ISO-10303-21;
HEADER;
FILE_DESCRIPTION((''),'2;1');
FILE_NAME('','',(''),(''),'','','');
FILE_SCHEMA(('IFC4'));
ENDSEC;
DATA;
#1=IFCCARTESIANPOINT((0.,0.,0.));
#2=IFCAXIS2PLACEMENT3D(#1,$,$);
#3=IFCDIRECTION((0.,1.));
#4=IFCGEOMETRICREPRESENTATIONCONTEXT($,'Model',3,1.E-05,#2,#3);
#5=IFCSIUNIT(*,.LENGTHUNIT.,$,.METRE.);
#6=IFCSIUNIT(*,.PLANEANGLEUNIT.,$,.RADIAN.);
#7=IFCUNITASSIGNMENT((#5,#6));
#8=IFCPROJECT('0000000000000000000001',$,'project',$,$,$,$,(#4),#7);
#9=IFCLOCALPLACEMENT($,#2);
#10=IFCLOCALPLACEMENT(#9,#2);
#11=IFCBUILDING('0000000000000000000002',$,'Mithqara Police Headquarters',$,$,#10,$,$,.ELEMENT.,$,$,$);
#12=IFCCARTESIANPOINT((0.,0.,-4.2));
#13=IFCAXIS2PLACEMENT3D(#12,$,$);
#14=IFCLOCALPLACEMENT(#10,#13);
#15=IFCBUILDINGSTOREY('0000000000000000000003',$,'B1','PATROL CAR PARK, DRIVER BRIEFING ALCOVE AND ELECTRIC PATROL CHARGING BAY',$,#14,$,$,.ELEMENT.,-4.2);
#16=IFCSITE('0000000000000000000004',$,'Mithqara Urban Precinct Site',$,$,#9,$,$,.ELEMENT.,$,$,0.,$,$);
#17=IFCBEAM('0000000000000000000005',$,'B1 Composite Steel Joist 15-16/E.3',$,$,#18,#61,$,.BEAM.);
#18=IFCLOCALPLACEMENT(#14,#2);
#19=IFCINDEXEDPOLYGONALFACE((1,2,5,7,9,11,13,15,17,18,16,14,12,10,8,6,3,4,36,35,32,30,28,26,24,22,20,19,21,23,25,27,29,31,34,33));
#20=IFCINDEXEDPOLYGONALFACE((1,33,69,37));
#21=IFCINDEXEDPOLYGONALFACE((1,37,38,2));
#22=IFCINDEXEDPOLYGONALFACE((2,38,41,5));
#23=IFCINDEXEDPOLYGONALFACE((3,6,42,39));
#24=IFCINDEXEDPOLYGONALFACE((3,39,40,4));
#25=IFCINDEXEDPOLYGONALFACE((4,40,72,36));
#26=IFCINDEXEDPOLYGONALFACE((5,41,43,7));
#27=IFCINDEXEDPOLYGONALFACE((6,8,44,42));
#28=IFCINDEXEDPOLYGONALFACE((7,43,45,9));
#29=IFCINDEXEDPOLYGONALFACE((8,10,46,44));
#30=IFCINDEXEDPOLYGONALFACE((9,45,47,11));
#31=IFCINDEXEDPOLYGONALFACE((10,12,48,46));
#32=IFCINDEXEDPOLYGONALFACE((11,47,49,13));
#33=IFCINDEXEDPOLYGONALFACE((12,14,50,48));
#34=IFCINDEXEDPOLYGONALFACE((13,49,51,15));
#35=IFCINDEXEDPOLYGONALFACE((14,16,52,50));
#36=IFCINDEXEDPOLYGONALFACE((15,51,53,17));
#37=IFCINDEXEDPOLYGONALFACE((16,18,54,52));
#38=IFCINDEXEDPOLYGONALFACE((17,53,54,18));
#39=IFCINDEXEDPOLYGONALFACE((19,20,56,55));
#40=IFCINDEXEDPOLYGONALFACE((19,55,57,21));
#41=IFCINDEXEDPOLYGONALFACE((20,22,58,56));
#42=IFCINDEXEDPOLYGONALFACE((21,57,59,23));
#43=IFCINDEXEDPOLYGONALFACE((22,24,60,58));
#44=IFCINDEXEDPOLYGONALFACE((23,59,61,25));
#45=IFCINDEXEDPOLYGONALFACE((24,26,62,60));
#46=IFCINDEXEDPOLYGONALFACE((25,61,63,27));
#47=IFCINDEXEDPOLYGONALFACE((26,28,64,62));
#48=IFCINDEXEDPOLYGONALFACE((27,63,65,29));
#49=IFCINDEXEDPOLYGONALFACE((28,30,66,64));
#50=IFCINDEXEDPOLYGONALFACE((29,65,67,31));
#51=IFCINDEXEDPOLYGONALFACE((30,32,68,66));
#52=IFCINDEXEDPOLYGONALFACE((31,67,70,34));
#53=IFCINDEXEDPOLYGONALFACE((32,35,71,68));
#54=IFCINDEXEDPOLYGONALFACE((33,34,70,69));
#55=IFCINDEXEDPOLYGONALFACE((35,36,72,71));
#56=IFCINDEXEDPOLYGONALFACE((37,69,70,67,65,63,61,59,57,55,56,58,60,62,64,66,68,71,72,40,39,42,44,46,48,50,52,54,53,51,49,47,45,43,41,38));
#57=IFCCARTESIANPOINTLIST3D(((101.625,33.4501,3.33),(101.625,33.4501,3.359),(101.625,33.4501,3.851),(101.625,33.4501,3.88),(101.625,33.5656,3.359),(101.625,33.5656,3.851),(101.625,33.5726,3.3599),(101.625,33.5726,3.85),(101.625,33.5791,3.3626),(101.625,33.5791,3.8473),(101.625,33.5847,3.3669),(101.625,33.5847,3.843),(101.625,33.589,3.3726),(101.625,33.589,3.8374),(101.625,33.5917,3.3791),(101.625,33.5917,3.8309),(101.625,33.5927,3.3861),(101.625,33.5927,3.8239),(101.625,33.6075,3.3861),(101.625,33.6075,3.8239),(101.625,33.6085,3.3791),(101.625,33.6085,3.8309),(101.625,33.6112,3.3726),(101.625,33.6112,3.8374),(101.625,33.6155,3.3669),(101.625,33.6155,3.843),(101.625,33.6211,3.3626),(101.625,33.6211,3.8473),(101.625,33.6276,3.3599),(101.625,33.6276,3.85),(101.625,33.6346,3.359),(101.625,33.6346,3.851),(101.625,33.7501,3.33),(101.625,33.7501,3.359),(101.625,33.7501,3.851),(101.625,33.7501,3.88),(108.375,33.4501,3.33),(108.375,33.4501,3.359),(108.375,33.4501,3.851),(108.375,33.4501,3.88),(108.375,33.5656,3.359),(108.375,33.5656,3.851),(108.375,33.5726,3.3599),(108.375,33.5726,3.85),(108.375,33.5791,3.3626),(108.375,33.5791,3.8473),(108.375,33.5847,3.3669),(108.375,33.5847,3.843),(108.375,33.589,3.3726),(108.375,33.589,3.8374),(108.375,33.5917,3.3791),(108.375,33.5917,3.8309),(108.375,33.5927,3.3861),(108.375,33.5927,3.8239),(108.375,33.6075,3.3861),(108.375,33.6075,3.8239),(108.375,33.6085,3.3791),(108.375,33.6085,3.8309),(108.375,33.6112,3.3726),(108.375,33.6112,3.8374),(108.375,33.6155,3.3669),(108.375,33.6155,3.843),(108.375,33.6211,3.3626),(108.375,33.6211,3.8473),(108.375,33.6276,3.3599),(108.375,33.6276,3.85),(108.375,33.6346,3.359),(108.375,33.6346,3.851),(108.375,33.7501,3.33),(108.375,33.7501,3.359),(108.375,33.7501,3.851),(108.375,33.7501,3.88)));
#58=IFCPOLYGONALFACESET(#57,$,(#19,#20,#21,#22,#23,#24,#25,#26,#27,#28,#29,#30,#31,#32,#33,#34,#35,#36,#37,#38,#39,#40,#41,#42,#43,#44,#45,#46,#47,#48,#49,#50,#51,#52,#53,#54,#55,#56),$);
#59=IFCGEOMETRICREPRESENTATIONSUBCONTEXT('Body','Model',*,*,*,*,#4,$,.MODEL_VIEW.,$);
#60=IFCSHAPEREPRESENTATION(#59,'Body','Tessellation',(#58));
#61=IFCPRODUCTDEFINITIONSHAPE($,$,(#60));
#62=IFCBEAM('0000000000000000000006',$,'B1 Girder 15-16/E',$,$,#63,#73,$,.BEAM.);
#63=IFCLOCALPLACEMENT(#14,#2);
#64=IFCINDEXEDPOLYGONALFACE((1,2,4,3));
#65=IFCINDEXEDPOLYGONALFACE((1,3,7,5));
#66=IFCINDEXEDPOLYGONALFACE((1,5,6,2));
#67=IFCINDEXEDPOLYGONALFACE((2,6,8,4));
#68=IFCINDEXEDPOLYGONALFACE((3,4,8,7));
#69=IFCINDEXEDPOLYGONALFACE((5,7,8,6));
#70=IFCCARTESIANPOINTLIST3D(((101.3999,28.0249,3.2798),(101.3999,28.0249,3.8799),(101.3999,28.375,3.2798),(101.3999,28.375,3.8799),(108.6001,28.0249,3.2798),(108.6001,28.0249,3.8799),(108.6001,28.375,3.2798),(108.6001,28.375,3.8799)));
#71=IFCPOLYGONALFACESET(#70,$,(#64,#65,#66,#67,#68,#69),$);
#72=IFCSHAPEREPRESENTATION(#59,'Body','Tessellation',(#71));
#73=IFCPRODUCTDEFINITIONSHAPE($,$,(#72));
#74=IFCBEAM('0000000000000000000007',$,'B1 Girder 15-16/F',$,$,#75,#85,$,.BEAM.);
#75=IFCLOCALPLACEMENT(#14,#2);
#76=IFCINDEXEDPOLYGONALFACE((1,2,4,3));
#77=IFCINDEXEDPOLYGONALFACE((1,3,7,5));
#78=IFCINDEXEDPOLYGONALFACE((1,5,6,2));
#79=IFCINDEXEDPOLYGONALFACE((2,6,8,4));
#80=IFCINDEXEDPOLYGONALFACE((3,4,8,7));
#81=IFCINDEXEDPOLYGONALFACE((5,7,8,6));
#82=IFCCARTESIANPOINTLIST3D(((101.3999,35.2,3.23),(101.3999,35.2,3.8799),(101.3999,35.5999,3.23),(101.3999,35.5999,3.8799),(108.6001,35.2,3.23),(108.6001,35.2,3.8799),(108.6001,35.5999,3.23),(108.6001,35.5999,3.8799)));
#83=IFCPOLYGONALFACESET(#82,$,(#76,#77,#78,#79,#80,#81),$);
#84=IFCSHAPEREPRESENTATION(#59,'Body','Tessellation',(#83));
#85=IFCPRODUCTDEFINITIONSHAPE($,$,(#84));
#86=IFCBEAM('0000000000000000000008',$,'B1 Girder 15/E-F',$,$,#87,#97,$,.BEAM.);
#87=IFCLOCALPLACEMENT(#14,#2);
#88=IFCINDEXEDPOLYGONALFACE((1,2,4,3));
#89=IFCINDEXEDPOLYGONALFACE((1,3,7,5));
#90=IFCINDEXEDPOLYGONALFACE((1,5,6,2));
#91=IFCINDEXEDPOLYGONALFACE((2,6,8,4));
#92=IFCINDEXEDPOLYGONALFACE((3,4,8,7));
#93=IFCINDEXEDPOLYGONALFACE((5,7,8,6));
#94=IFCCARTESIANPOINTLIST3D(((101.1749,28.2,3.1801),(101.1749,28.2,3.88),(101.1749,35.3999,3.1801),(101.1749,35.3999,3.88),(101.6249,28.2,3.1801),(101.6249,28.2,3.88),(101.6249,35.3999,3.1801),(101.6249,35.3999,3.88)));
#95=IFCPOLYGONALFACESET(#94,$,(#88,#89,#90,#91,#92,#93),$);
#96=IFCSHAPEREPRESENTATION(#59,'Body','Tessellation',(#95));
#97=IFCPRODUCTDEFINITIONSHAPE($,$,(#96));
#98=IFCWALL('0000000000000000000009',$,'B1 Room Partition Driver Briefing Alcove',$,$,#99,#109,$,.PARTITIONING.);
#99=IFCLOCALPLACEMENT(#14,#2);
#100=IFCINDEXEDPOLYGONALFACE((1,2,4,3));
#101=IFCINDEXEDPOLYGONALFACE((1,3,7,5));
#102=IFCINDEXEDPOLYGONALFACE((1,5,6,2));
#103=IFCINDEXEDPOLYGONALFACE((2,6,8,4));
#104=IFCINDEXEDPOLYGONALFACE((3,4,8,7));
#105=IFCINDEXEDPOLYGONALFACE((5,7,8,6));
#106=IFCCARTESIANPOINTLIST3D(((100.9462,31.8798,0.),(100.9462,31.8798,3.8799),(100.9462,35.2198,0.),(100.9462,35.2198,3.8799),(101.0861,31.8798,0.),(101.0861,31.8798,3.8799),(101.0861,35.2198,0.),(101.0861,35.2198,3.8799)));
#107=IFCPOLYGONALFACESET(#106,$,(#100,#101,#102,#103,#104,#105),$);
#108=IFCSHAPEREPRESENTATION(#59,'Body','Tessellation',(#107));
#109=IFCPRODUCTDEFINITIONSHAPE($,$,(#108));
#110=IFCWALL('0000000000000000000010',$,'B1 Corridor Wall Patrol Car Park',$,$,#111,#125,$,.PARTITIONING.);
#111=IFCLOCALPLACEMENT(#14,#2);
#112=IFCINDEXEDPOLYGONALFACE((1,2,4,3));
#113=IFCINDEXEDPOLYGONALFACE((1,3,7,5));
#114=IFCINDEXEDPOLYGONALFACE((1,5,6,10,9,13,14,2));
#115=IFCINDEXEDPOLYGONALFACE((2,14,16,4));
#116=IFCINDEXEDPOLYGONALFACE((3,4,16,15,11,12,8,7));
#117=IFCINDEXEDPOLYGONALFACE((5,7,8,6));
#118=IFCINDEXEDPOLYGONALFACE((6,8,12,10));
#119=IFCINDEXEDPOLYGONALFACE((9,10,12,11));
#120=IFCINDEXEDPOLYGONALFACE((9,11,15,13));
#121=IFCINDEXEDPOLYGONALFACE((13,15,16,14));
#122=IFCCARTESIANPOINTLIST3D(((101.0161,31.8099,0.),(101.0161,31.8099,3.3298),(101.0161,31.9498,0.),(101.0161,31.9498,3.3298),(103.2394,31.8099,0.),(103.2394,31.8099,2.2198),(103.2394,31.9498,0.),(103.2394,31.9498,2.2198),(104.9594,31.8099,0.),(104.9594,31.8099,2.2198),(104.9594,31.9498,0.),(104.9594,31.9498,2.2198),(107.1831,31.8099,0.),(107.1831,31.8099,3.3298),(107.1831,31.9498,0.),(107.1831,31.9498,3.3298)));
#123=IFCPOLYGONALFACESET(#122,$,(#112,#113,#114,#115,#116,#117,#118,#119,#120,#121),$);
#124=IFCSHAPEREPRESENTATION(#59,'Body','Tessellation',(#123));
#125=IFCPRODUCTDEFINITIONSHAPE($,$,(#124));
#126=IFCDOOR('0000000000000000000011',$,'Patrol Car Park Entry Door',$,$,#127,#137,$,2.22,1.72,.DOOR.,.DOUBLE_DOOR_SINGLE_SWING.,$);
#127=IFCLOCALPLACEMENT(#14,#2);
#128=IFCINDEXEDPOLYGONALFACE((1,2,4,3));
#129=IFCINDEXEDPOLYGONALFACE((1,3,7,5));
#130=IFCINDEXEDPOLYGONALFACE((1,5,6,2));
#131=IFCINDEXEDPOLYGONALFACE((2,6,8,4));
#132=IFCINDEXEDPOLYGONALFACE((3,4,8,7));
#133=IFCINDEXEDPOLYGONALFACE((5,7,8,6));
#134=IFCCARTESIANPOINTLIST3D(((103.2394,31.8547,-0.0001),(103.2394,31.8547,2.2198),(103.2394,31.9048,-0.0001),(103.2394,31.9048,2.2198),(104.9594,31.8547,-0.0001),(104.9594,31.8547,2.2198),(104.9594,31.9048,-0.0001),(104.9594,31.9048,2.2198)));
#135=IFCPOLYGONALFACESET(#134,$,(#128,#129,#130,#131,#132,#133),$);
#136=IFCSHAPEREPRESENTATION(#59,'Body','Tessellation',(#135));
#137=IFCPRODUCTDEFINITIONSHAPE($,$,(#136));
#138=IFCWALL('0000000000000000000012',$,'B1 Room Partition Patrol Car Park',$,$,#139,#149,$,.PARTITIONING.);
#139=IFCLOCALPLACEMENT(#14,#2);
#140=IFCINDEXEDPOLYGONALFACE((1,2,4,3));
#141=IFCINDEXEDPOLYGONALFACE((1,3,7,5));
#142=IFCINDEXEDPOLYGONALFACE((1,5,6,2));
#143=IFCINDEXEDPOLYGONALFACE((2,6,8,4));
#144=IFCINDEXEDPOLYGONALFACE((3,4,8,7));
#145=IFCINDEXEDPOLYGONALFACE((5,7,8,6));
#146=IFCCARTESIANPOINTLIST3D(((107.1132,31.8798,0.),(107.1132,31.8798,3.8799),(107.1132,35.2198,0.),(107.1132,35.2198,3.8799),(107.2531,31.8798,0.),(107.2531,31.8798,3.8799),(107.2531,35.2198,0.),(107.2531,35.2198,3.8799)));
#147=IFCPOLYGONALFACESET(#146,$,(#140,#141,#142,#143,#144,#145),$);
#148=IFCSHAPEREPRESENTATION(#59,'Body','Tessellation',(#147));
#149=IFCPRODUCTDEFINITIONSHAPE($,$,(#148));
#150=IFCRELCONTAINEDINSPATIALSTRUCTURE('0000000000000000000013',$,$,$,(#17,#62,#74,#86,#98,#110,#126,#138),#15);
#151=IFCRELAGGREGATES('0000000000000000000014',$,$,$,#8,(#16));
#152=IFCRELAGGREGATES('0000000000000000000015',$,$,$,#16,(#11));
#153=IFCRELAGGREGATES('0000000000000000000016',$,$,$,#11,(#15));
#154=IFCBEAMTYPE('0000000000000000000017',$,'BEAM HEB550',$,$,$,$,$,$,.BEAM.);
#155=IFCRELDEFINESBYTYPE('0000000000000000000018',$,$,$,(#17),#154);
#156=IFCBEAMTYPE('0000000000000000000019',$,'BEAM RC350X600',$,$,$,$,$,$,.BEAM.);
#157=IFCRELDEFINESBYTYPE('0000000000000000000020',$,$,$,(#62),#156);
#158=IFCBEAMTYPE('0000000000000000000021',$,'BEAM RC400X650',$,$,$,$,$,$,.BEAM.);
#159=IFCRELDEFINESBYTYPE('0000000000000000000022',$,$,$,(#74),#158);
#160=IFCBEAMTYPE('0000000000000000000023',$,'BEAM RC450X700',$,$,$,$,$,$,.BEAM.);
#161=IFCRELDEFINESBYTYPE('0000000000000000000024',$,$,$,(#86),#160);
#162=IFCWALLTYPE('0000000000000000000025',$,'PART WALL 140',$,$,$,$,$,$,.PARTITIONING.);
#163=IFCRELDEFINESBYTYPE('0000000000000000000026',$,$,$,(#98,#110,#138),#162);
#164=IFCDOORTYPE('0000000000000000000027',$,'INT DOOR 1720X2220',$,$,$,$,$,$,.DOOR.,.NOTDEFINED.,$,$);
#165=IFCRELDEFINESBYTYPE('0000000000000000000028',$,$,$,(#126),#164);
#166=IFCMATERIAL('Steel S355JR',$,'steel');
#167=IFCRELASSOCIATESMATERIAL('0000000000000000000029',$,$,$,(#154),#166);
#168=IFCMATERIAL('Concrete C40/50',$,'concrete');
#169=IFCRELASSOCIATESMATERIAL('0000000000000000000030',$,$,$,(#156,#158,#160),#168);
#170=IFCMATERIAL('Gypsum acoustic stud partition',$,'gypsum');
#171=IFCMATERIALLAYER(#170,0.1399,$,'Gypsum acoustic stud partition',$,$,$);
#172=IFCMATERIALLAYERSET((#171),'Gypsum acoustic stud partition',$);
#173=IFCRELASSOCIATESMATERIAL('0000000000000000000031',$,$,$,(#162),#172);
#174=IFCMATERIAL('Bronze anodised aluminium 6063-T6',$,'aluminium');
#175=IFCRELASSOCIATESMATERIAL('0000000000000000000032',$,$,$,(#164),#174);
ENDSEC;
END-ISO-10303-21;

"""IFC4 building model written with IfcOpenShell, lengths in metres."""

from ifc_helpers import new_model, si_unit, direction, frame, frame_2d, origin, origin_2d, place, context, subcontext, project, spatial, rectangle, i_section, extrude, material, layer, layer_set, material_profile, profile_set, type_object, element, fill, save


model = new_model("IFC4")

# Units and contexts
model_context = context("Model", 3, precision=1e-05, world=origin(), true_north=direction((0.0, 1.0)))
body_context = subcontext(model_context, "Body", "Model", "MODEL_VIEW")
ifc_project = project(units=[si_unit("LENGTHUNIT", "METRE"), si_unit("PLANEANGLEUNIT", "RADIAN")], contexts=[model_context])

# Site, building, storey
site_placement = place(None, origin())
site = spatial("IfcSite", under=ifc_project, at=site_placement, Name="Mithqara Urban Precinct Site", CompositionType="ELEMENT", RefElevation=0.0)
building_placement = place(site_placement, origin())
building = spatial("IfcBuilding", under=site, at=building_placement, Name="Mithqara Police Headquarters", CompositionType="ELEMENT")
storey_placement = place(building_placement, frame((0.0, 0.0, -4.2)))
storey = spatial("IfcBuildingStorey", under=building, at=storey_placement, Name="B1", Description="PATROL CAR PARK, DRIVER BRIEFING ALCOVE AND ELECTRIC PATROL CHARGING BAY", CompositionType="ELEMENT", Elevation=-4.2)

# Shared definitions
ifc_material_1 = material(Name="Concrete C40/50", Category="concrete")

# Beams
ifc_material_2 = material(Name="Steel S355JR", Category="steel")
ifc_material_profile_1 = material_profile(ifc_material_2, i_section(OverallWidth=0.3, OverallDepth=0.55, WebThickness=0.0149, FlangeThickness=0.0291, FilletRadius=0.0271, at=origin_2d()), Name="HEB 550")
ifc_profile_set_1 = profile_set([ifc_material_profile_1], Name="Steel S355JR")
beam_type_1 = type_object("IfcBeamType", Name="BEAM HEB550", PredefinedType="BEAM", material=ifc_profile_set_1)
for number, where, z_axis, x_axis, name in (
    (1, (101.625, 33.6001, 3.605), (1.0, 0.0, 0.0), (0.0, 1.0, 0.0), "B1 Composite Steel Joist 15-16/E.3"),
):
    element("IfcBeam", number, at=place(storey_placement, frame(where, z_axis=z_axis, x_axis=x_axis)), inside=storey, type_object=beam_type_1, Name=name, PredefinedType="BEAM", context=body_context, shape_type="SweptSolid", body=[
        extrude(i_section(OverallWidth=0.3, OverallDepth=0.55, WebThickness=0.0149, FlangeThickness=0.0291, FilletRadius=0.0271, at=origin_2d()), origin(), (0.0, 0.0, 1.0), 6.75),
    ])
ifc_material_profile_2 = material_profile(ifc_material_1, rectangle(XDim=0.3501, YDim=0.6001, at=origin_2d()), Name="RC 350x600")
ifc_profile_set_2 = profile_set([ifc_material_profile_2], Name="Concrete C40/50")
beam_type_2 = type_object("IfcBeamType", Name="BEAM RC350X600", PredefinedType="BEAM", material=ifc_profile_set_2)
beam_1_placement = place(storey_placement, frame((101.3999, 28.2, 3.5798), z_axis=(1.0, 0.0, 0.0), x_axis=(0.0, 1.0, 0.0)))
element("IfcBeam", 2, at=beam_1_placement, inside=storey, type_object=beam_type_2, Name="B1 Girder 15-16/E", PredefinedType="BEAM", context=body_context, shape_type="SweptSolid", body=[
    extrude(rectangle(XDim=0.3501, YDim=0.6001, at=origin_2d()), origin(), (0.0, 0.0, 1.0), 7.2002),
])
ifc_material_profile_3 = material_profile(ifc_material_1, rectangle(XDim=0.3999, YDim=0.6499, at=origin_2d()), Name="RC 400x650")
ifc_profile_set_3 = profile_set([ifc_material_profile_3], Name="Concrete C40/50")
beam_type_3 = type_object("IfcBeamType", Name="BEAM RC400X650", PredefinedType="BEAM", material=ifc_profile_set_3)
beam_2_placement = place(storey_placement, frame((101.3999, 35.3999, 3.5549), z_axis=(1.0, 0.0, 0.0), x_axis=(0.0, 1.0, 0.0)))
element("IfcBeam", 3, at=beam_2_placement, inside=storey, type_object=beam_type_3, Name="B1 Girder 15-16/F", PredefinedType="BEAM", context=body_context, shape_type="SweptSolid", body=[
    extrude(rectangle(XDim=0.3999, YDim=0.6499, at=origin_2d()), origin(), (0.0, 0.0, 1.0), 7.2002),
])
ifc_material_profile_4 = material_profile(ifc_material_1, rectangle(XDim=0.45, YDim=0.7, at=origin_2d()), Name="RC 450x700")
ifc_profile_set_4 = profile_set([ifc_material_profile_4], Name="Concrete C40/50")
beam_type_4 = type_object("IfcBeamType", Name="BEAM RC450X700", PredefinedType="BEAM", material=ifc_profile_set_4)
beam_3_placement = place(storey_placement, frame((101.3999, 28.2, 3.53), z_axis=(0.0, 1.0, 0.0), x_axis=(-1.0, 0.0, 0.0)))
element("IfcBeam", 4, at=beam_3_placement, inside=storey, type_object=beam_type_4, Name="B1 Girder 15/E-F", PredefinedType="BEAM", context=body_context, shape_type="SweptSolid", body=[
    extrude(rectangle(XDim=0.45, YDim=0.7, at=origin_2d()), origin(), (0.0, 0.0, 1.0), 7.2),
])

# Wall
ifc_material_3 = material(Name="Gypsum acoustic stud partition", Category="gypsum")
ifc_layer = layer(ifc_material_3, 0.1399, Name="Gypsum acoustic stud partition")
ifc_layer_set = layer_set([ifc_layer], Name="Gypsum acoustic stud partition")
wall_type = type_object("IfcWallType", Name="PART WALL 140", PredefinedType="PARTITIONING", material=ifc_layer_set)
wall_1_placement = place(storey_placement, frame((101.0161, 31.8799, 0.0), z_axis=(0.0, 0.0, 1.0), x_axis=(0.0, 1.0, 0.0)))
element("IfcWall", 5, at=wall_1_placement, inside=storey, type_object=wall_type, Name="B1 Room Partition Driver Briefing Alcove", PredefinedType="PARTITIONING", context=body_context, shape_type="SweptSolid", body=[
    extrude(rectangle(XDim=3.3401, YDim=0.1399, at=frame_2d((1.6699, 0.0))), origin(), (0.0, 0.0, 1.0), 3.8799),
])

# Wall, opening, door
wall_2_placement = place(storey_placement, frame((101.0161, 31.8799, 0.0), z_axis=(0.0, 0.0, 1.0), x_axis=(1.0, 0.0, 0.0)))
wall_2 = element("IfcWall", 6, at=wall_2_placement, inside=storey, type_object=wall_type, Name="B1 Corridor Wall Patrol Car Park", PredefinedType="PARTITIONING", context=body_context, shape_type="SweptSolid", body=[
    extrude(rectangle(XDim=6.167, YDim=0.1399, at=frame_2d((3.0835, 0.0))), origin(), (0.0, 0.0, 1.0), 3.3298),
])
opening_1_placement = place(wall_2_placement, frame((2.2234, 0.0, 0.0)))
opening_1 = element("IfcOpeningElement", 7, at=opening_1_placement, cuts=wall_2, PredefinedType="OPENING", context=body_context, shape_type="SweptSolid", body=[
    extrude(rectangle(XDim=1.72, YDim=2.22, at=frame_2d((0.8599, 1.1099))), frame((0.0, 0.0801, 0.0), z_axis=(0.0, -1.0, 0.0), x_axis=(1.0, 0.0, 0.0)), (0.0, 0.0, 1.0), 0.1599),
])
ifc_material_4 = material(Name="Bronze anodised aluminium 6063-T6", Category="aluminium")
door_type_1 = type_object("IfcDoorType", Name="INT DOOR 1720X2220", OperationType="NOTDEFINED", PredefinedType="DOOR", material=ifc_material_4)
door_1_placement = place(opening_1_placement, origin())
door_1 = element("IfcDoor", 8, at=door_1_placement, inside=storey, type_object=door_type_1, Name="Patrol Car Park Entry Door", OperationType="DOUBLE_DOOR_SINGLE_SWING", OverallHeight=2.22, OverallWidth=1.72, PredefinedType="DOOR", context=body_context, shape_type="SweptSolid", body=[
    extrude(rectangle(XDim=1.72, YDim=2.22, at=frame_2d((0.8599, 1.1099))), frame((0.0, 0.0249, 0.0), z_axis=(0.0, -1.0, 0.0), x_axis=(1.0, 0.0, 0.0)), (0.0, 0.0, 1.0), 0.05),
])
fill(opening_1, door_1)

# Wall
wall_3_placement = place(storey_placement, frame((107.1831, 31.8799, 0.0), z_axis=(0.0, 0.0, 1.0), x_axis=(0.0, 1.0, 0.0)))
element("IfcWall", 9, at=wall_3_placement, inside=storey, type_object=wall_type, Name="B1 Room Partition Patrol Car Park", PredefinedType="PARTITIONING", context=body_context, shape_type="SweptSolid", body=[
    extrude(rectangle(XDim=3.3401, YDim=0.1399, at=frame_2d((1.6699, 0.0))), origin(), (0.0, 0.0, 1.0), 3.8799),
])

save(model, "model.ifc")
